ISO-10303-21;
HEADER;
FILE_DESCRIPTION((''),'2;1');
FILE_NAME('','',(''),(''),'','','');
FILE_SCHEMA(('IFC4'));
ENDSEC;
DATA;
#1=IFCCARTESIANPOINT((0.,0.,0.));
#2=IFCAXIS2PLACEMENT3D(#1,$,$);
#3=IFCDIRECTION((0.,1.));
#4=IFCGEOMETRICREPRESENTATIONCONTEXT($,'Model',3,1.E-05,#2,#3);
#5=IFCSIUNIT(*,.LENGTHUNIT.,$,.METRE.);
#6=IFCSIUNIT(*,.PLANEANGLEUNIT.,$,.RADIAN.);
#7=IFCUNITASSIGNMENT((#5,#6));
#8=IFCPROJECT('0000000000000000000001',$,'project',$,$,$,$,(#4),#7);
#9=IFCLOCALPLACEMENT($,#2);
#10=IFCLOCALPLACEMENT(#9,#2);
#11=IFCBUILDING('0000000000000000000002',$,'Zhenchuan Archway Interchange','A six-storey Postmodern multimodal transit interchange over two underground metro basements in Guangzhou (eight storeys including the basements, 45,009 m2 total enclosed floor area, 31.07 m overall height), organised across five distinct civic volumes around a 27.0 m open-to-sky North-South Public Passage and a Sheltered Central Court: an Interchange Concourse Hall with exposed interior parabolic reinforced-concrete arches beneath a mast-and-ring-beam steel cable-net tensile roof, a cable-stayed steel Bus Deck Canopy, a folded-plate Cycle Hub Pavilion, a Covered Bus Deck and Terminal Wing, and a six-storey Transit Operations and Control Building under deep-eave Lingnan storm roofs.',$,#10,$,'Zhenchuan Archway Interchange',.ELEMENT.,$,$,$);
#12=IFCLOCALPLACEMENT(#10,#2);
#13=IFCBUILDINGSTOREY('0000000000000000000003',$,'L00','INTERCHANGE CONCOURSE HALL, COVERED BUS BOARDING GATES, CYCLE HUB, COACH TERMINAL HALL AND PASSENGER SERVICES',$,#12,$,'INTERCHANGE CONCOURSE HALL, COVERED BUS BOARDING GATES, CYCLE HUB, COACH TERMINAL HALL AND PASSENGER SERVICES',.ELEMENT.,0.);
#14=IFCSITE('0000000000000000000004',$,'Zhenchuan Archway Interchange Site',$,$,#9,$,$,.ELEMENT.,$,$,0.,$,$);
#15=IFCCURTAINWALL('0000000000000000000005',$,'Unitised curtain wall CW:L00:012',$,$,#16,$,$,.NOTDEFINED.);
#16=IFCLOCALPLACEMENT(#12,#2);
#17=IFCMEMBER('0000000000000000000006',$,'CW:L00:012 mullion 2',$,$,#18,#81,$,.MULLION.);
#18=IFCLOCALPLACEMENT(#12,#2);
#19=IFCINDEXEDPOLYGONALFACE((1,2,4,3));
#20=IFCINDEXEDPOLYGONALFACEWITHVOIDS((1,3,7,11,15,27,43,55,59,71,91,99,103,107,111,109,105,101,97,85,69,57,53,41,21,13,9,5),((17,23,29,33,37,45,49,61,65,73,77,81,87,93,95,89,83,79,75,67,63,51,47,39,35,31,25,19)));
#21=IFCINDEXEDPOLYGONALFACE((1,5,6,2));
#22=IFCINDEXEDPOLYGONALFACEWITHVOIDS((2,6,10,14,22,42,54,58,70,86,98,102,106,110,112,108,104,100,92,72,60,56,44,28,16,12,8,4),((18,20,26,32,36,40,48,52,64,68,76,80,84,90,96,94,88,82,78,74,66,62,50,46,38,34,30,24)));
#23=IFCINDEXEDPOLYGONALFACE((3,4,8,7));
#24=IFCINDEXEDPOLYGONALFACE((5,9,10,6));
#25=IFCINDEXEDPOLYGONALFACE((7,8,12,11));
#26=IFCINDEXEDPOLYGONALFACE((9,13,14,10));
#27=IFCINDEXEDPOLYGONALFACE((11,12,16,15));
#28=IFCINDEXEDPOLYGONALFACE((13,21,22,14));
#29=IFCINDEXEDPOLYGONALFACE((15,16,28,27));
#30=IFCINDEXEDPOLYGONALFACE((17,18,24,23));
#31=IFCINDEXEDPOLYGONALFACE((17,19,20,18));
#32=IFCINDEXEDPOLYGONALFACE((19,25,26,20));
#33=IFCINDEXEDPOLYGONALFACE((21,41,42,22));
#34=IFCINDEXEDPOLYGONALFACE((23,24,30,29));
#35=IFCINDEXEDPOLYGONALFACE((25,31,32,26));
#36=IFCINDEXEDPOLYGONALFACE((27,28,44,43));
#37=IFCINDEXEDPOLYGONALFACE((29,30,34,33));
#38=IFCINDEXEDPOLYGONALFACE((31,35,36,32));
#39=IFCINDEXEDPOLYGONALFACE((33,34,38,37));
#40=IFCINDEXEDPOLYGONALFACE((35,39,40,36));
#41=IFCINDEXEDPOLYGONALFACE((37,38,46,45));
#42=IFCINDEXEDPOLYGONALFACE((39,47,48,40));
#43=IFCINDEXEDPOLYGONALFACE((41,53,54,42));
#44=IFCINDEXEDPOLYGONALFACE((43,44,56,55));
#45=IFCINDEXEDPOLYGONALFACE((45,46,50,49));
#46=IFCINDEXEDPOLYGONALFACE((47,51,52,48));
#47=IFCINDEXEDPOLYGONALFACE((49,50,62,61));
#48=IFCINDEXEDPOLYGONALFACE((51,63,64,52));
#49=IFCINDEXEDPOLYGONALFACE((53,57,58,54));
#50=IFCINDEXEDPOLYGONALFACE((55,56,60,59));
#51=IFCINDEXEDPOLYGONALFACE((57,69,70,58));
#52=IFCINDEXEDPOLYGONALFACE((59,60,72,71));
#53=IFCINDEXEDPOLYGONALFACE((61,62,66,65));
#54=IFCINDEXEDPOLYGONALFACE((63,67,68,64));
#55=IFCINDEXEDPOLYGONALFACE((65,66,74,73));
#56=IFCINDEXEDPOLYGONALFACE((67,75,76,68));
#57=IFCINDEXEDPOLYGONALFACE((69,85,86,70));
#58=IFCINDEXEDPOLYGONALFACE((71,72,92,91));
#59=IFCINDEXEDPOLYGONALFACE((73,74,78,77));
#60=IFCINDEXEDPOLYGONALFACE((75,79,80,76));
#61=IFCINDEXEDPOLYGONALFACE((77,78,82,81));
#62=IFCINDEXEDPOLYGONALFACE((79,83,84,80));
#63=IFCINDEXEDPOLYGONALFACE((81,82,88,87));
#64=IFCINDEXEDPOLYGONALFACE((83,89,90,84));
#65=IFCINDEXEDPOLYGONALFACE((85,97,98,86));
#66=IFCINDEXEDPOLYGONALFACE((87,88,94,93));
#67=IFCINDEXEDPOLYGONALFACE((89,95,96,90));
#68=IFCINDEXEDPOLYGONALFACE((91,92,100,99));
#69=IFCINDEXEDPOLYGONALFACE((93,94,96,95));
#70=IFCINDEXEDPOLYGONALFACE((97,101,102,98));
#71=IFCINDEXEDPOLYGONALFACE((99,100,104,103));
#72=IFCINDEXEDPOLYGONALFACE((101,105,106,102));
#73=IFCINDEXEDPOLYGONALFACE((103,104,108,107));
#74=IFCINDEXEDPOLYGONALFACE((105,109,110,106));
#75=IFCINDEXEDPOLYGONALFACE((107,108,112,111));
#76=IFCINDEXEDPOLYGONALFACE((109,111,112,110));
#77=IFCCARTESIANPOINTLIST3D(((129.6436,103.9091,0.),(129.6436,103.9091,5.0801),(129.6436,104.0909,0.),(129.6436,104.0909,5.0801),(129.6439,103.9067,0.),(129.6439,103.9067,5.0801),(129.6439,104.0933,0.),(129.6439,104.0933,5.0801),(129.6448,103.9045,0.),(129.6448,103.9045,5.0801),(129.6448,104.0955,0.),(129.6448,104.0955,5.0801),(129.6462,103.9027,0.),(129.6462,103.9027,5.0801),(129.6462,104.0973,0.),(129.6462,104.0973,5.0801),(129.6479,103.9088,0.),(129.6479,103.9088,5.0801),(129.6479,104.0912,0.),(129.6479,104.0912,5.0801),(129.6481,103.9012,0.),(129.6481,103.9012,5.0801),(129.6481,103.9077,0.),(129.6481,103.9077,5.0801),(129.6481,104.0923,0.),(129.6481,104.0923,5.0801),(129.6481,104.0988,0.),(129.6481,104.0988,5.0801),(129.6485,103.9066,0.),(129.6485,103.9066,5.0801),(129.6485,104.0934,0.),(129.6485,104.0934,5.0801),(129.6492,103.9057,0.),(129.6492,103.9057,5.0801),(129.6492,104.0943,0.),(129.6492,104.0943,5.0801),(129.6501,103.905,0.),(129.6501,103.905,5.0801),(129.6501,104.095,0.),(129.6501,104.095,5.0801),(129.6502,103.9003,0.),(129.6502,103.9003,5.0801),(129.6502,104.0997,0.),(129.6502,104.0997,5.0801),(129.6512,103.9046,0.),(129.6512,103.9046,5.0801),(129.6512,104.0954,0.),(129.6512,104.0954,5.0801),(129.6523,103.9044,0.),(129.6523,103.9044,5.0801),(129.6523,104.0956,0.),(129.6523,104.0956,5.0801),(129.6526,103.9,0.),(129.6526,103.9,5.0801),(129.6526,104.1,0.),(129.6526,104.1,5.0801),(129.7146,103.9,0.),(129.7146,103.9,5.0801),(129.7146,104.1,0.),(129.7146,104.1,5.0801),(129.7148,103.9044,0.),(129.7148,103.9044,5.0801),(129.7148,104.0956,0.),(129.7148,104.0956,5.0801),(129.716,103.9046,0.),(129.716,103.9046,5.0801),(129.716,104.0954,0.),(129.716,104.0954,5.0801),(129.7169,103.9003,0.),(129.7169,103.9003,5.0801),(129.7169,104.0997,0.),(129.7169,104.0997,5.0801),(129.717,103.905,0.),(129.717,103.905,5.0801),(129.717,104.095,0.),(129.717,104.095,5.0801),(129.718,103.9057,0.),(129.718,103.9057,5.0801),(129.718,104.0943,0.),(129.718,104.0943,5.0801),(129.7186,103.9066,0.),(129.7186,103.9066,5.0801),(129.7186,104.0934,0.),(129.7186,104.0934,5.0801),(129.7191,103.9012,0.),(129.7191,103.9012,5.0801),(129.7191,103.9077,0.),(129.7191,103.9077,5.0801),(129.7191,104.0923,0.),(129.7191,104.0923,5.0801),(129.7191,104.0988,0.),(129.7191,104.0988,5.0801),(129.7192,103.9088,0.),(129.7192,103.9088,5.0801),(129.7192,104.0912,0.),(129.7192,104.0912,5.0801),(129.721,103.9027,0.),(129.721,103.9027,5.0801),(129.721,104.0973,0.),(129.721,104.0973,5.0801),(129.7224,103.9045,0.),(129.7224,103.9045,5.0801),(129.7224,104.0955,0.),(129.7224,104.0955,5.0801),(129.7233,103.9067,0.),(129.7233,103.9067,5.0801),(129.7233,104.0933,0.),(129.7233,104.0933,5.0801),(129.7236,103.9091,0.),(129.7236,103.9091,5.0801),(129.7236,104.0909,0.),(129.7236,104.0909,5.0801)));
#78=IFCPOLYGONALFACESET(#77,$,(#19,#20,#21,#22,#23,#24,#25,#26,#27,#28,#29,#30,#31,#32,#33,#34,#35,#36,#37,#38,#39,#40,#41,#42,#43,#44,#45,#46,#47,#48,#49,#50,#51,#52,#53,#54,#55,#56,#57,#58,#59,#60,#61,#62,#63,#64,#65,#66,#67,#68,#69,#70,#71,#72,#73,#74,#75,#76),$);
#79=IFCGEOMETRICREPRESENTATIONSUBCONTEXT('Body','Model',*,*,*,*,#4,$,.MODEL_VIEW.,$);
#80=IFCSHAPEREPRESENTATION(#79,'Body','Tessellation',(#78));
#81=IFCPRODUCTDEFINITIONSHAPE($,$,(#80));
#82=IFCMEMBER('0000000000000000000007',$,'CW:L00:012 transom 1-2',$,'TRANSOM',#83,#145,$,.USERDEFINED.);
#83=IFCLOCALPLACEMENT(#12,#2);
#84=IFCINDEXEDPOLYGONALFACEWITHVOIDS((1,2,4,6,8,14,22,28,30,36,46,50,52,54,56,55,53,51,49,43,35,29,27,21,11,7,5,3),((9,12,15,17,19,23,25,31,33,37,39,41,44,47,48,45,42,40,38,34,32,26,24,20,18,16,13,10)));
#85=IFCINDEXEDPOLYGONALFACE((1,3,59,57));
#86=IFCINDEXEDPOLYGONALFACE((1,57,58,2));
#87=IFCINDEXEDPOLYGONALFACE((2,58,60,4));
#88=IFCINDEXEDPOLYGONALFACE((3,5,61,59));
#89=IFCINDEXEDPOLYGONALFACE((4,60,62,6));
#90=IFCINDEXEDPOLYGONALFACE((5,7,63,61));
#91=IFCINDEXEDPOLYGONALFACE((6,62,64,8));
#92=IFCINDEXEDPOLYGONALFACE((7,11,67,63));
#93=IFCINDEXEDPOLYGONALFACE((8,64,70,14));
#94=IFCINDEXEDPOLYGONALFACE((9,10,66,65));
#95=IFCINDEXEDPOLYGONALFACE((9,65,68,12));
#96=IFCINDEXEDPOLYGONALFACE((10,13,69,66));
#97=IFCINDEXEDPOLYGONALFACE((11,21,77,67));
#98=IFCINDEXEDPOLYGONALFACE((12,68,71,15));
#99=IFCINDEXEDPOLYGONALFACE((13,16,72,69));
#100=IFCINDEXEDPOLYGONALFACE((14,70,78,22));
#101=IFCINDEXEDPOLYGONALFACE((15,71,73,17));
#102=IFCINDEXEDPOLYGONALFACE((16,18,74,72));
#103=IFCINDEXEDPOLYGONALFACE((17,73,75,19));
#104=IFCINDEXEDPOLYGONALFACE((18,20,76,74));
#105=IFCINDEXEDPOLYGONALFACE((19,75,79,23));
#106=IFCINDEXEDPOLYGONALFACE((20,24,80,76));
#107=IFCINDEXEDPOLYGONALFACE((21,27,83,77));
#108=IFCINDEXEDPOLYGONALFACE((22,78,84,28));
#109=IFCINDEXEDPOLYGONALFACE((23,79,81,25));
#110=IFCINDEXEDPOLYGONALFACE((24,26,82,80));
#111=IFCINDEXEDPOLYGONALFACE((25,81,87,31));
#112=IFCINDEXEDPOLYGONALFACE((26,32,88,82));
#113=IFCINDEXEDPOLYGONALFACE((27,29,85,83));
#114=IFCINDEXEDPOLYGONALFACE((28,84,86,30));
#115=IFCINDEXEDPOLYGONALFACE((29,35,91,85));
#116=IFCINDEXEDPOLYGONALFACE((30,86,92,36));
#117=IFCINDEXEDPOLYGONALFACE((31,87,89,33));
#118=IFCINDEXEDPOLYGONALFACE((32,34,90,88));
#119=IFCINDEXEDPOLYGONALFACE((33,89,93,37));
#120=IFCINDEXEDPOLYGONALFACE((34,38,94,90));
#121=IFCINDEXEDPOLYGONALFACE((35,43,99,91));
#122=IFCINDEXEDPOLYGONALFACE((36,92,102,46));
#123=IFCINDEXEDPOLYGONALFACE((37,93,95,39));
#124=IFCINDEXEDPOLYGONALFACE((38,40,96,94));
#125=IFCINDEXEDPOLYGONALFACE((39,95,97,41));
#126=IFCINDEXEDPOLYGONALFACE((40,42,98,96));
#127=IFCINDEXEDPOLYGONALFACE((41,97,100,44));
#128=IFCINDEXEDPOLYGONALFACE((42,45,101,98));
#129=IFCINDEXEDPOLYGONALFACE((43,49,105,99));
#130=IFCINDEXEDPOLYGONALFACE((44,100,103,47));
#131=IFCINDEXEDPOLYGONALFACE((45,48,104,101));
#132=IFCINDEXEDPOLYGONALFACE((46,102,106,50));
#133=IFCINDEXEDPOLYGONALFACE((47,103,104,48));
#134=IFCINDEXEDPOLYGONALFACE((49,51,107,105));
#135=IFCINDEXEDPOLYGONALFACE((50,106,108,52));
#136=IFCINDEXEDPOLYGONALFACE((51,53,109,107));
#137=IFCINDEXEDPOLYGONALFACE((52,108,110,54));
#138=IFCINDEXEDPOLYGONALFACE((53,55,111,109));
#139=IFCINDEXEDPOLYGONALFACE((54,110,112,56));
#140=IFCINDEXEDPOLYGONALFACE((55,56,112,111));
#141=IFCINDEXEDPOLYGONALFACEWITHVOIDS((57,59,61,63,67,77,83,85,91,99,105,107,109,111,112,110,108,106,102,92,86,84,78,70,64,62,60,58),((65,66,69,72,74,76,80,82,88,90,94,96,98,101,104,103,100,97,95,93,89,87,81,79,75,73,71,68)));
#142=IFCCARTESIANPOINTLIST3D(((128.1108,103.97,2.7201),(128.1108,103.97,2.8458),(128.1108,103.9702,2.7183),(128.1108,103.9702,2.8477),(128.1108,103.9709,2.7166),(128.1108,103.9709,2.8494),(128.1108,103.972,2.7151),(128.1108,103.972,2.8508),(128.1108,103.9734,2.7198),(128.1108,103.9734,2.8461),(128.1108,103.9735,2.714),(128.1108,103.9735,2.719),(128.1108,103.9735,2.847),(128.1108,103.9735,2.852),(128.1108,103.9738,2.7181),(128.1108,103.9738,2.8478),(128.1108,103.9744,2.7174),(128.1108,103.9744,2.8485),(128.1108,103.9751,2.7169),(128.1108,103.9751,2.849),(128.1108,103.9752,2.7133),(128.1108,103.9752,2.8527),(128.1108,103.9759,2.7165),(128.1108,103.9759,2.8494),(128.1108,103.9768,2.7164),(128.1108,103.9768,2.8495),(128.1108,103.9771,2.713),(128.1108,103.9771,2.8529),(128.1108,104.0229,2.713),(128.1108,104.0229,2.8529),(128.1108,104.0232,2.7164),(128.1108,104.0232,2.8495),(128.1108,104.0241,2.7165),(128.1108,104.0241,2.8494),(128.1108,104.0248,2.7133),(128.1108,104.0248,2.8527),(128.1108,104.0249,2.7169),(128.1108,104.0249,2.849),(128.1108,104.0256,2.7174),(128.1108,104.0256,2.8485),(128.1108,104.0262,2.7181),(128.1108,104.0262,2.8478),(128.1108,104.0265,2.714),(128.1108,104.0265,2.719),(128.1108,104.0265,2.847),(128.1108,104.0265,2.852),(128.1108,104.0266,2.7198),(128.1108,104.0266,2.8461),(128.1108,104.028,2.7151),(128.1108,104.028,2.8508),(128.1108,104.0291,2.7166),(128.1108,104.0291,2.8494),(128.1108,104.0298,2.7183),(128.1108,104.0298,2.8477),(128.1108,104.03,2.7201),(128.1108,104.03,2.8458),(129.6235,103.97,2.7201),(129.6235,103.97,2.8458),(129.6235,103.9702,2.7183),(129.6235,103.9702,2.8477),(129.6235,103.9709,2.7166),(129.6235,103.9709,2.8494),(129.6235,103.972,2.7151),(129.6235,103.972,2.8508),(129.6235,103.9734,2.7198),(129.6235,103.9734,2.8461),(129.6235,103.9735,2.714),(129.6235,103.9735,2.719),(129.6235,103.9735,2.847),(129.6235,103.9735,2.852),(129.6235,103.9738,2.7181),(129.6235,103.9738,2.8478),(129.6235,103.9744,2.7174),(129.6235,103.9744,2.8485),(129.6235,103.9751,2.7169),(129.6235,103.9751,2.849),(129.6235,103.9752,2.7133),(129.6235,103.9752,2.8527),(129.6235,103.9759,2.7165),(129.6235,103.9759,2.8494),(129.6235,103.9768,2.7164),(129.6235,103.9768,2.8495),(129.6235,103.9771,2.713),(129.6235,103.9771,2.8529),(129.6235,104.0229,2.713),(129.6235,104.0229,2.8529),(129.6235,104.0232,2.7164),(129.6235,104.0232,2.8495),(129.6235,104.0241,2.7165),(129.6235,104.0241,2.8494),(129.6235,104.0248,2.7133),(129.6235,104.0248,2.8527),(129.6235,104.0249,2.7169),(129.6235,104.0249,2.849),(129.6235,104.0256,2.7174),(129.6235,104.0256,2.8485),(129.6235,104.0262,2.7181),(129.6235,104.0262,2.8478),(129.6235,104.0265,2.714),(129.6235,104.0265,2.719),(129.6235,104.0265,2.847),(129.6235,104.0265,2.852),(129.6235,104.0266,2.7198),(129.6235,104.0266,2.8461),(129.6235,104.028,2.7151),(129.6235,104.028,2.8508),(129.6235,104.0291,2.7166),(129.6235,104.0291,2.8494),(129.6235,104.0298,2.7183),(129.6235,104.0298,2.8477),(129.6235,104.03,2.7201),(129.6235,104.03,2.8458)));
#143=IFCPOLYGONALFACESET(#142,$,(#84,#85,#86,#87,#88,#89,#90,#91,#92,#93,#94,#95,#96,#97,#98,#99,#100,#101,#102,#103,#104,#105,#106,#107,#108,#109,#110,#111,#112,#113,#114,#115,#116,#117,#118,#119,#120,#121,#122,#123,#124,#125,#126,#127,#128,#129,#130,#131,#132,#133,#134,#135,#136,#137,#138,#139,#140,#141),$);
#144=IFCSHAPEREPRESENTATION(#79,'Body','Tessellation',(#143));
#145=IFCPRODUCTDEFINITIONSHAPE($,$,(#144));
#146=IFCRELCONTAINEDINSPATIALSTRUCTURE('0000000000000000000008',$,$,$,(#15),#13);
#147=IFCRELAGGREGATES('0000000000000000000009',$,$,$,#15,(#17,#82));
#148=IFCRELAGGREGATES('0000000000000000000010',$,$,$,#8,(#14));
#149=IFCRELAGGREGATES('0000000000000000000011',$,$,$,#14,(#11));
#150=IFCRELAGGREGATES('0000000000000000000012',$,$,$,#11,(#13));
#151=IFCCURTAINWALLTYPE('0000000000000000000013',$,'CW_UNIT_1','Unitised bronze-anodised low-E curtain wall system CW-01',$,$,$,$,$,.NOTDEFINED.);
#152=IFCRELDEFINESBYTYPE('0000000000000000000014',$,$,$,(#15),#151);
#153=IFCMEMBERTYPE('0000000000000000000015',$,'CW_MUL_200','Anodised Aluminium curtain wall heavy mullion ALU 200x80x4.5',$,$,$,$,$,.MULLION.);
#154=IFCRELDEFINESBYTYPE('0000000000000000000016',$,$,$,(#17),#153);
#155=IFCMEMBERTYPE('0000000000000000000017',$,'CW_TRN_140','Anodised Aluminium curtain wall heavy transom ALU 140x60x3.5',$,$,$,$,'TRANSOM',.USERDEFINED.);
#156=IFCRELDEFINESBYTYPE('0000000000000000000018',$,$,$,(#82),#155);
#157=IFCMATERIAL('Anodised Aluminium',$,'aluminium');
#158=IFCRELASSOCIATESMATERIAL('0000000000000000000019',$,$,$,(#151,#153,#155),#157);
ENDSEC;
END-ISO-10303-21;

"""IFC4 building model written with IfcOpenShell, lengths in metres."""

from ifc_helpers import new_model, si_unit, direction, frame, origin, origin_2d, place, context, subcontext, project, spatial, hollow_rectangle, extrude, material, material_profile, profile_set, type_object, element, aggregate, save


model = new_model("IFC4")

# Units and contexts
model_context = context("Model", 3, precision=1e-05, world=origin(), true_north=direction((0.0, 1.0)))
body_context = subcontext(model_context, "Body", "Model", "MODEL_VIEW")
ifc_project = project(units=[si_unit("LENGTHUNIT", "METRE"), si_unit("PLANEANGLEUNIT", "RADIAN")], contexts=[model_context])

# Site, building, storey
site_placement = place(None, origin())
site = spatial("IfcSite", under=ifc_project, at=site_placement, Name="Zhenchuan Archway Interchange Site", CompositionType="ELEMENT", RefElevation=0.0)
building_placement = place(site_placement, origin())
building = spatial("IfcBuilding", under=site, at=building_placement, Name="Zhenchuan Archway Interchange", Description="A six-storey Postmodern multimodal transit interchange over two underground metro basements in Guangzhou (eight storeys including the basements, 45,009 m2 total enclosed floor area, 31.07 m overall height), organised across five distinct civic volumes around a 27.0 m open-to-sky North-South Public Passage and a Sheltered Central Court: an Interchange Concourse Hall with exposed interior parabolic reinforced-concrete arches beneath a mast-and-ring-beam steel cable-net tensile roof, a cable-stayed steel Bus Deck Canopy, a folded-plate Cycle Hub Pavilion, a Covered Bus Deck and Terminal Wing, and a six-storey Transit Operations and Control Building under deep-eave Lingnan storm roofs.", LongName="Zhenchuan Archway Interchange", CompositionType="ELEMENT")
storey_placement = place(building_placement, origin())
storey = spatial("IfcBuildingStorey", under=building, at=storey_placement, Name="L00", Description="INTERCHANGE CONCOURSE HALL, COVERED BUS BOARDING GATES, CYCLE HUB, COACH TERMINAL HALL AND PASSENGER SERVICES", LongName="INTERCHANGE CONCOURSE HALL, COVERED BUS BOARDING GATES, CYCLE HUB, COACH TERMINAL HALL AND PASSENGER SERVICES", CompositionType="ELEMENT", Elevation=0.0)

# Curtain wall, members
ifc_material_1 = material(Name="Anodised Aluminium", Category="aluminium")
curtain_wall_type = type_object("IfcCurtainWallType", Name="CW_UNIT_1", Description="Unitised bronze-anodised low-E curtain wall system CW-01", PredefinedType="NOTDEFINED", material=ifc_material_1)
curtain_wall_placement = place(storey_placement, origin())
curtain_wall = element("IfcCurtainWall", 1, at=curtain_wall_placement, inside=storey, type_object=curtain_wall_type, Name="Unitised curtain wall CW:L00:012", PredefinedType="NOTDEFINED")
ifc_material_profile_1 = material_profile(ifc_material_1, hollow_rectangle(XDim=0.0801, YDim=0.2, WallThickness=0.0044, InnerFilletRadius=0.0044, OuterFilletRadius=0.009, at=origin_2d()), Name="ALU 200x80x4.5")
ifc_profile_set_1 = profile_set([ifc_material_profile_1], Name="Anodised Aluminium")
member_type_1 = type_object("IfcMemberType", Name="CW_MUL_200", Description="Anodised Aluminium curtain wall heavy mullion ALU 200x80x4.5", PredefinedType="MULLION", material=ifc_profile_set_1)
member_1_placement = place(storey_placement, frame((129.6836, 104.0, 0.0), z_axis=(0.0, 0.0, 1.0), x_axis=(1.0, 0.0, 0.0)))
member_1 = element("IfcMember", 2, at=member_1_placement, type_object=member_type_1, Name="CW:L00:012 mullion 2", PredefinedType="MULLION", context=body_context, shape_type="SweptSolid", body=[
    extrude(hollow_rectangle(XDim=0.0801, YDim=0.2, WallThickness=0.0044, InnerFilletRadius=0.0044, OuterFilletRadius=0.009, at=origin_2d()), origin(), (0.0, 0.0, 1.0), 5.0801),
])
ifc_material_profile_2 = material_profile(ifc_material_1, hollow_rectangle(XDim=0.0601, YDim=0.1399, WallThickness=0.0034, InnerFilletRadius=0.0034, OuterFilletRadius=0.0071, at=origin_2d()), Name="ALU 140x60x3.5")
ifc_profile_set_2 = profile_set([ifc_material_profile_2], Name="Anodised Aluminium")
member_type_2 = type_object("IfcMemberType", Name="CW_TRN_140", Description="Anodised Aluminium curtain wall heavy transom ALU 140x60x3.5", ElementType="TRANSOM", PredefinedType="USERDEFINED", material=ifc_profile_set_2)
member_2_placement = place(storey_placement, frame((128.1108, 104.0, 2.783), z_axis=(1.0, 0.0, 0.0), x_axis=(0.0, 1.0, 0.0)))
member_2 = element("IfcMember", 3, at=member_2_placement, type_object=member_type_2, Name="CW:L00:012 transom 1-2", ObjectType="TRANSOM", PredefinedType="USERDEFINED", context=body_context, shape_type="SweptSolid", body=[
    extrude(hollow_rectangle(XDim=0.0601, YDim=0.1399, WallThickness=0.0034, InnerFilletRadius=0.0034, OuterFilletRadius=0.0071, at=origin_2d()), origin(), (0.0, 0.0, 1.0), 1.5127),
])

aggregate(curtain_wall, [member_1, member_2])

save(model, "model.ifc")
